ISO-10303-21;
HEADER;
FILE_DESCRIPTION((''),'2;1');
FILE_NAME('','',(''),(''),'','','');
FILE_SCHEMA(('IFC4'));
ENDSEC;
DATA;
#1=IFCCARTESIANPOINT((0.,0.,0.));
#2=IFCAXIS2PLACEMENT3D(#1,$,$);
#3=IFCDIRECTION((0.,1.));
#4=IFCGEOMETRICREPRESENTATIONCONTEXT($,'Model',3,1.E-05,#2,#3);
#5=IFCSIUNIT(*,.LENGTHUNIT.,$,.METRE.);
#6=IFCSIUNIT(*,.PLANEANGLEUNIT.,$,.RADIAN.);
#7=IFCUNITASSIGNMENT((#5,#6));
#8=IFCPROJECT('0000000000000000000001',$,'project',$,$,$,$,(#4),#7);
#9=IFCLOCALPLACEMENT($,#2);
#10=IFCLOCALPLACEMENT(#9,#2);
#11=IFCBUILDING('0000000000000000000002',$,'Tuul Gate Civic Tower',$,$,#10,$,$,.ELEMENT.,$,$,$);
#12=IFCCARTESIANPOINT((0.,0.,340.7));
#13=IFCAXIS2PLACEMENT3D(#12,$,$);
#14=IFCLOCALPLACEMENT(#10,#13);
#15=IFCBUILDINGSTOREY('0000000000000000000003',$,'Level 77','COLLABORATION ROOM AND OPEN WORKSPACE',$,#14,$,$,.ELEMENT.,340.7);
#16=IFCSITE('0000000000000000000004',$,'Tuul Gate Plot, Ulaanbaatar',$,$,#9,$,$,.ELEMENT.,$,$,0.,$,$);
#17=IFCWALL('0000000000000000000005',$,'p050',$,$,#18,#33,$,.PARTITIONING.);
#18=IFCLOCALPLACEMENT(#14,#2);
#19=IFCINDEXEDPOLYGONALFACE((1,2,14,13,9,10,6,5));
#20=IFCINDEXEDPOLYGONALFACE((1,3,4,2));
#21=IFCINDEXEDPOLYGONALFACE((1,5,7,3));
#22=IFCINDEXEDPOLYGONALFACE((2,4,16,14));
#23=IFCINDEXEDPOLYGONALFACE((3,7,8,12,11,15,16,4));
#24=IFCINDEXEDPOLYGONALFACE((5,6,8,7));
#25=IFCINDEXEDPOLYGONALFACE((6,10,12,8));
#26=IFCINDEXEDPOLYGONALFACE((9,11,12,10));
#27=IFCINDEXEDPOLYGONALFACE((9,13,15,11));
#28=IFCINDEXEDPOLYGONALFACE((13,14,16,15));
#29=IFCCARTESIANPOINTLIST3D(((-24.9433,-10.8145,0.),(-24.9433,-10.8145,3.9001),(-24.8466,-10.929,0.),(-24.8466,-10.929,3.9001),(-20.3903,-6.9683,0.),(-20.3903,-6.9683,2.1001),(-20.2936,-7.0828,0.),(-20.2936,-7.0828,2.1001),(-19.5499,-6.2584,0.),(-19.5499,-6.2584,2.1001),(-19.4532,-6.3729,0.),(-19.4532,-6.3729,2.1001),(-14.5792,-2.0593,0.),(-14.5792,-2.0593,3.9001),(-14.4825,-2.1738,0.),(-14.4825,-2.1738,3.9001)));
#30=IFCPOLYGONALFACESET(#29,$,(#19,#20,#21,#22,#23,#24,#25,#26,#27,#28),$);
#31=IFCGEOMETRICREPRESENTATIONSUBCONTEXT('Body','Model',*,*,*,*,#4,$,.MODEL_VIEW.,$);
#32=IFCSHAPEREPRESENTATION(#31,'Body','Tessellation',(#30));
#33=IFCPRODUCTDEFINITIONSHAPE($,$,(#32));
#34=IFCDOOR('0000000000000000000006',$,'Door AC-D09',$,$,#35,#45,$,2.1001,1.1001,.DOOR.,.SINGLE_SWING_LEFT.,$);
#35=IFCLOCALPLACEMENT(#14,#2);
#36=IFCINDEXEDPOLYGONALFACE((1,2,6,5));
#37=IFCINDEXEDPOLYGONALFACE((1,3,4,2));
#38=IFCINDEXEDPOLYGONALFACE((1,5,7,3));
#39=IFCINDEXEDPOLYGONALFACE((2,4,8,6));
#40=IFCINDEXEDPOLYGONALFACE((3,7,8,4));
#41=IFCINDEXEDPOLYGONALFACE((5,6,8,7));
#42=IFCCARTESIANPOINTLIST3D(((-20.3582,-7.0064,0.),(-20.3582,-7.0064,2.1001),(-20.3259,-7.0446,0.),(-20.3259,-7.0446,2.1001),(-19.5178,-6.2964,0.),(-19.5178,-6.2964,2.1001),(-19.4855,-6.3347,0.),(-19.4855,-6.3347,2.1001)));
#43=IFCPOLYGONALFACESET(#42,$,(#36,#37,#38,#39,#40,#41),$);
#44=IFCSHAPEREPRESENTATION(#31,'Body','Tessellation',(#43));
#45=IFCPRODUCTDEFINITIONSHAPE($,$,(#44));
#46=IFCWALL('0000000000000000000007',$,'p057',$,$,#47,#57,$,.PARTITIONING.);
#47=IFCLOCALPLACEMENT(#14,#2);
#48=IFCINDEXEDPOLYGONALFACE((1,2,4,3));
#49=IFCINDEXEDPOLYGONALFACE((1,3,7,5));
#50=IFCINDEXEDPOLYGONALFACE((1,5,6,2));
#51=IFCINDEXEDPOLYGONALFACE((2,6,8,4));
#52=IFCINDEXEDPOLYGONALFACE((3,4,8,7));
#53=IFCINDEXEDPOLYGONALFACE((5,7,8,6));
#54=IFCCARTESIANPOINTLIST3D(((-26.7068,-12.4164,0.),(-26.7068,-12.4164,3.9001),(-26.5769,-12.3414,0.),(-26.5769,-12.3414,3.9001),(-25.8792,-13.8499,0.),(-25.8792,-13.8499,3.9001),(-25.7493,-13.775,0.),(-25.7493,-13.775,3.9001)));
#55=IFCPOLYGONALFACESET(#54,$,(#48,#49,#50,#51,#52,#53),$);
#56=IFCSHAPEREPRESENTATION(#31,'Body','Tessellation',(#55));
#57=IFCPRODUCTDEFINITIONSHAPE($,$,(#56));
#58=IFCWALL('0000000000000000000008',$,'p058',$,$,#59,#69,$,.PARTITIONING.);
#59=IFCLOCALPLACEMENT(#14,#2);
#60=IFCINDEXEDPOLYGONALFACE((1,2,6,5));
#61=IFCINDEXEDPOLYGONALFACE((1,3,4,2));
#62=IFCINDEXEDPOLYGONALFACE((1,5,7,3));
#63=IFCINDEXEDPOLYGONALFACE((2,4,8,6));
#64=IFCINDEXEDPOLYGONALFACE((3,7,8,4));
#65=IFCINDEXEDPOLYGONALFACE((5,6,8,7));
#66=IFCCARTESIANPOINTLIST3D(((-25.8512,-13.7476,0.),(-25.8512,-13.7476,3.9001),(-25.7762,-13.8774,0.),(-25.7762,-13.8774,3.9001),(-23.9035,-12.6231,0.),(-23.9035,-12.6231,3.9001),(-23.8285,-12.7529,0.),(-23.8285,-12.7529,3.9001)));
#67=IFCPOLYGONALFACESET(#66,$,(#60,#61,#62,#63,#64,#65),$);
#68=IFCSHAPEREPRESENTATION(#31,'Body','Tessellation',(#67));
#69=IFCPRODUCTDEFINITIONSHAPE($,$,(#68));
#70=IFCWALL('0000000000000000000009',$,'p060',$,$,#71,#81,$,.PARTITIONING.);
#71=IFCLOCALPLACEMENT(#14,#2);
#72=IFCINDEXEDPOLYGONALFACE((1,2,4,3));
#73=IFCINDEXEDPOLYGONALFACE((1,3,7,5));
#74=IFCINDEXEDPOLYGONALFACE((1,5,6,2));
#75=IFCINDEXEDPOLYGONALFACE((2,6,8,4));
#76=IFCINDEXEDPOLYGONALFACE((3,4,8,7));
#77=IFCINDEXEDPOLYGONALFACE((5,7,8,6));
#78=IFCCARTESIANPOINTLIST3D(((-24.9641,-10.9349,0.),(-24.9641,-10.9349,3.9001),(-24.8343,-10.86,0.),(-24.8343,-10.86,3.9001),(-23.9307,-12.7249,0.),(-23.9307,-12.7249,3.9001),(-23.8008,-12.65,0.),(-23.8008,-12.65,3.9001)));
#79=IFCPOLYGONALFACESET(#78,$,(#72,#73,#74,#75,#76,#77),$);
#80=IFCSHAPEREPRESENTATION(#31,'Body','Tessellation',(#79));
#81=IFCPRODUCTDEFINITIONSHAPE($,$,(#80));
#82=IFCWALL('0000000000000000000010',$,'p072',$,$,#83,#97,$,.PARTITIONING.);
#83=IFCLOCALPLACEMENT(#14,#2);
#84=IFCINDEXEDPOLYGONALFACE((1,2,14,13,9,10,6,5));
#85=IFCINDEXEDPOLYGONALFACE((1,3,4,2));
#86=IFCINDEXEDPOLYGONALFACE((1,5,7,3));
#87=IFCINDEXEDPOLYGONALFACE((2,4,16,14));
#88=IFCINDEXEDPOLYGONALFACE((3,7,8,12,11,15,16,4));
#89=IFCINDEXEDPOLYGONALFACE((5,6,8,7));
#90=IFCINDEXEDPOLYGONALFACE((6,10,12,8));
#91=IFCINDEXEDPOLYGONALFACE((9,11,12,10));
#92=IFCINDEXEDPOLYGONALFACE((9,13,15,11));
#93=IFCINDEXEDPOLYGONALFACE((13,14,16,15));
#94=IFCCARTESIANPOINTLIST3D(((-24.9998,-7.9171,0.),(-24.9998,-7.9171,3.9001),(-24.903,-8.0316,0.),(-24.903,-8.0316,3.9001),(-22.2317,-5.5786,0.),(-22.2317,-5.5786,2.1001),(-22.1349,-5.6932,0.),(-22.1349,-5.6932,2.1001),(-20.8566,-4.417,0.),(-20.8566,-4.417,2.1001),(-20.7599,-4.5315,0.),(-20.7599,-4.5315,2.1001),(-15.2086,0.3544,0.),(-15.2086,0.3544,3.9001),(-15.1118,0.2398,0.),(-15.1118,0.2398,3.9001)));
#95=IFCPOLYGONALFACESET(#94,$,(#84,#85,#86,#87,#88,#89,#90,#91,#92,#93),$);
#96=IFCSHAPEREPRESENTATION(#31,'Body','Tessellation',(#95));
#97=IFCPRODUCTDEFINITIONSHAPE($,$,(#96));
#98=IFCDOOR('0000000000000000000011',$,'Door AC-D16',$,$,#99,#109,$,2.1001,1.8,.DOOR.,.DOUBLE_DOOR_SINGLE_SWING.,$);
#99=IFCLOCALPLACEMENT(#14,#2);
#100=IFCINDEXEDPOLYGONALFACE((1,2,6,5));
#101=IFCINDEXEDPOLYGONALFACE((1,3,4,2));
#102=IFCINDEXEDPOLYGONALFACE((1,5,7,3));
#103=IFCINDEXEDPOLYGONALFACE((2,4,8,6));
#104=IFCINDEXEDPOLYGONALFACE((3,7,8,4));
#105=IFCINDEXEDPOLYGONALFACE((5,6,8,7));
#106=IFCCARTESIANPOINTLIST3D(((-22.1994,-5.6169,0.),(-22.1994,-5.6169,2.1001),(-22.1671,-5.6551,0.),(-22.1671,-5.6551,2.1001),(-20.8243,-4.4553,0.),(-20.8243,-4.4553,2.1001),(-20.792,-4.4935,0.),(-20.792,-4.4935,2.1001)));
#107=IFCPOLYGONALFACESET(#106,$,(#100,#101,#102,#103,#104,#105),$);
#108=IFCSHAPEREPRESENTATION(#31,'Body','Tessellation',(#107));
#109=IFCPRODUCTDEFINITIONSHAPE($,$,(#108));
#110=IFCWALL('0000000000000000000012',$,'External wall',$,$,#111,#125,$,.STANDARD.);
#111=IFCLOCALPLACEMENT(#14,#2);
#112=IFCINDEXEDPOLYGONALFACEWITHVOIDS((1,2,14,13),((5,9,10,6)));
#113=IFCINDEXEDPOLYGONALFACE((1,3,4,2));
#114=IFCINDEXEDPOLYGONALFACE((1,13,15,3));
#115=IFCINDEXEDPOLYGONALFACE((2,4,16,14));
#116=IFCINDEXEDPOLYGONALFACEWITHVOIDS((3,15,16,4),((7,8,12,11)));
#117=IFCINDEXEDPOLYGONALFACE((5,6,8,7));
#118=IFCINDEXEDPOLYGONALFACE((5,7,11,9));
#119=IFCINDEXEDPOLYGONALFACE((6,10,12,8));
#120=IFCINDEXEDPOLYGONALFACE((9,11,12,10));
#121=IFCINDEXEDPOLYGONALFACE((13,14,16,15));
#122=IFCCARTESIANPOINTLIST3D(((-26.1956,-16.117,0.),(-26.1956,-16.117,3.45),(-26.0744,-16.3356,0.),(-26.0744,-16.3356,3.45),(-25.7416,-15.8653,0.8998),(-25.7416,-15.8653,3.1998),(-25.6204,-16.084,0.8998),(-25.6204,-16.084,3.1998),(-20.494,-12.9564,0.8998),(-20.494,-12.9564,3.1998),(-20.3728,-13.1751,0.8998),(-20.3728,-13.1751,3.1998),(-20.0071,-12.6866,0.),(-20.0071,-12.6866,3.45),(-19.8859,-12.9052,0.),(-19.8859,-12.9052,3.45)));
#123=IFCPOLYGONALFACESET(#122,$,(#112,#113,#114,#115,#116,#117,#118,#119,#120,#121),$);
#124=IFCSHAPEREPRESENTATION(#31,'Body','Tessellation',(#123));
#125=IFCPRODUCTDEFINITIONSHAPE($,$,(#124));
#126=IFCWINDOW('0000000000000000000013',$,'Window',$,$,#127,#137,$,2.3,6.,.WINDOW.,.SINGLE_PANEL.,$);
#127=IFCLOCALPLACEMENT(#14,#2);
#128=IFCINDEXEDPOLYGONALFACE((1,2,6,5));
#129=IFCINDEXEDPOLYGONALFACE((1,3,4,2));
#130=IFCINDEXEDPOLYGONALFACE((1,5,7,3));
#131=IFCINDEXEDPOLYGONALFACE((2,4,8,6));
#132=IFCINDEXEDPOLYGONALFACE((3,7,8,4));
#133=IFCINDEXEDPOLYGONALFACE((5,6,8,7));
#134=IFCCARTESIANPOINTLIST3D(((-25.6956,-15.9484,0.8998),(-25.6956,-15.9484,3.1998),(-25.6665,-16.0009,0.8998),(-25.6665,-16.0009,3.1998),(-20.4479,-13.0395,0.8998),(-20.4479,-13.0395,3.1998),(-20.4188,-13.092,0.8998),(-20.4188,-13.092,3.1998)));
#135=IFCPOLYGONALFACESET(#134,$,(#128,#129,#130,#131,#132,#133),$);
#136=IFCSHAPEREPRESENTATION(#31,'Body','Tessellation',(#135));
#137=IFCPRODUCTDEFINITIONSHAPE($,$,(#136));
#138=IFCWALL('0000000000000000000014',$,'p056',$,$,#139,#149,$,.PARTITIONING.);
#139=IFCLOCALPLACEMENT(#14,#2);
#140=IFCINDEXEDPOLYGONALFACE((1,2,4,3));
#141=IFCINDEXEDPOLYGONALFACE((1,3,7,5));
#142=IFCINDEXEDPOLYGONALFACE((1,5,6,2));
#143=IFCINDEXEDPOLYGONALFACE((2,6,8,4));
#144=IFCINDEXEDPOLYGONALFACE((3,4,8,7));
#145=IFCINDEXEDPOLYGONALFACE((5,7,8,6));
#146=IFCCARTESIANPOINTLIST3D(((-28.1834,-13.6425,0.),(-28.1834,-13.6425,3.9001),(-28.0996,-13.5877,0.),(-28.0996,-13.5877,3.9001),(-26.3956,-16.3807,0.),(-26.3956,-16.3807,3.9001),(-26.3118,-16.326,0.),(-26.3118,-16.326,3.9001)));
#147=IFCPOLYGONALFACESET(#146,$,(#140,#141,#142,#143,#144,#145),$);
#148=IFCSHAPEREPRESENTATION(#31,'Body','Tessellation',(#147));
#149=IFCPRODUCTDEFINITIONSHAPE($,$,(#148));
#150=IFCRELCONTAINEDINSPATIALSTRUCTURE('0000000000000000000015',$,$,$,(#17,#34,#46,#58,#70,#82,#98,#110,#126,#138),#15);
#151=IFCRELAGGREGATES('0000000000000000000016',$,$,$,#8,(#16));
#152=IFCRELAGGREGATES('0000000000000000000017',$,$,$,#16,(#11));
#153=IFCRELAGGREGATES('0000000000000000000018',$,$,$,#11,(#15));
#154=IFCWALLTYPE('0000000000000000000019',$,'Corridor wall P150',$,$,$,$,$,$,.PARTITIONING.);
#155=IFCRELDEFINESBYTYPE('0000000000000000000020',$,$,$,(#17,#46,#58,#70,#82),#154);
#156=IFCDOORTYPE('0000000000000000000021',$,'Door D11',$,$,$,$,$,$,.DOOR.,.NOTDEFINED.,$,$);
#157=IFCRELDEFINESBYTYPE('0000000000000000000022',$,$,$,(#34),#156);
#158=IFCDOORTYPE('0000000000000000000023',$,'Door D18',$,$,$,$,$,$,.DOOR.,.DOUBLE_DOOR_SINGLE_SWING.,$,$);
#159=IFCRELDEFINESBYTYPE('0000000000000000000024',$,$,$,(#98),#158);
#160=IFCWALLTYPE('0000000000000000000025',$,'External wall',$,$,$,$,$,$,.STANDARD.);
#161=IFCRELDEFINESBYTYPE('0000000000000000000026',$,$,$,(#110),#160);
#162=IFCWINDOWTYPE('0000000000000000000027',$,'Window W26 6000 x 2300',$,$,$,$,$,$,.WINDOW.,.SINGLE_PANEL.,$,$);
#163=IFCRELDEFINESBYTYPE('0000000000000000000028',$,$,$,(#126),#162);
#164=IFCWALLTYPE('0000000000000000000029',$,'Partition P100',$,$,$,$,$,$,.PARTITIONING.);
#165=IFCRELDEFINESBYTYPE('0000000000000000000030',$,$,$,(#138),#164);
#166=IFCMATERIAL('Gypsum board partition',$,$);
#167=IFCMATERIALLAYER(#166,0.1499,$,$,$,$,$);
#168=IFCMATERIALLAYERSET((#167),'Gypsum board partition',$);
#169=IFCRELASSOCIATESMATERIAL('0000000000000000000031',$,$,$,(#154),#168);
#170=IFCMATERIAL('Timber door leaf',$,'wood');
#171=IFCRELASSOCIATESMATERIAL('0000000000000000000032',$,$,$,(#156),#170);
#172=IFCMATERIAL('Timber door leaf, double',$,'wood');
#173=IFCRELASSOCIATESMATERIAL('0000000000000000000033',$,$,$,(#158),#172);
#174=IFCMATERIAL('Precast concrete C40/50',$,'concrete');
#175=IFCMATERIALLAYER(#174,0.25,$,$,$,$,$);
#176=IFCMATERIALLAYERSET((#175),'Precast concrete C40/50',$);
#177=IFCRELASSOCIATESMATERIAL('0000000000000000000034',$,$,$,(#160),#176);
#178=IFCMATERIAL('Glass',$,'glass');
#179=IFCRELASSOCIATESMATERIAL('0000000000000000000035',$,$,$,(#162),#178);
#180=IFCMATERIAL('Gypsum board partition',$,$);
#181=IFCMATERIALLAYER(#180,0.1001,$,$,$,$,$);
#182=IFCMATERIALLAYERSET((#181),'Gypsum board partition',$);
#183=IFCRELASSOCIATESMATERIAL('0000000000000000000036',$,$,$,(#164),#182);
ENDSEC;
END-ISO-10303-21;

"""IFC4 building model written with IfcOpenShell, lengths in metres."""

from ifc_helpers import new_model, si_unit, direction, frame, frame_2d, origin, place, context, subcontext, project, spatial, rectangle, extrude, material, layer, layer_set, type_object, element, fill, save


model = new_model("IFC4")

# Units and contexts
model_context = context("Model", 3, precision=1e-05, world=origin(), true_north=direction((0.0, 1.0)))
body_context = subcontext(model_context, "Body", "Model", "MODEL_VIEW")
ifc_project = project(units=[si_unit("LENGTHUNIT", "METRE"), si_unit("PLANEANGLEUNIT", "RADIAN")], contexts=[model_context])

# Site, building, storey
site_placement = place(None, origin())
site = spatial("IfcSite", under=ifc_project, at=site_placement, Name="Tuul Gate Plot, Ulaanbaatar", CompositionType="ELEMENT", RefElevation=0.0)
building_placement = place(site_placement, origin())
building = spatial("IfcBuilding", under=site, at=building_placement, Name="Tuul Gate Civic Tower", CompositionType="ELEMENT")
storey_placement = place(building_placement, frame((0.0, 0.0, 340.7)))
storey = spatial("IfcBuildingStorey", under=building, at=storey_placement, Name="Level 77", Description="COLLABORATION ROOM AND OPEN WORKSPACE", CompositionType="ELEMENT", Elevation=340.7)

# Wall, opening, door
ifc_material_1 = material(Name="Gypsum board partition")
ifc_layer_1 = layer(ifc_material_1, 0.1499)
ifc_layer_set_1 = layer_set([ifc_layer_1], Name="Gypsum board partition")
wall_type_1 = type_object("IfcWallType", Name="Corridor wall P150", PredefinedType="PARTITIONING", material=ifc_layer_set_1)
wall_1_placement = place(storey_placement, frame((-24.895, -10.8718, 0.0), z_axis=(0.0, 0.0, 1.0), x_axis=(0.76391, 0.645323, 0.0)))
wall_1 = element("IfcWall", 1, at=wall_1_placement, inside=storey, type_object=wall_type_1, Name="p050", PredefinedType="PARTITIONING", context=body_context, shape_type="SweptSolid", body=[
    extrude(rectangle(XDim=13.5671, YDim=0.1499, at=frame_2d((6.7837, 0.0))), origin(), (0.0, 0.0, 1.0), 3.9001),
])
opening_1_placement = place(wall_1_placement, frame((5.9602, 0.0, 0.0)))
opening_1 = element("IfcOpeningElement", 2, at=opening_1_placement, cuts=wall_1, PredefinedType="OPENING", context=body_context, shape_type="SweptSolid", body=[
    extrude(rectangle(XDim=1.1001, YDim=2.1001, at=frame_2d((0.55, 1.05))), frame((0.0, 0.085, 0.0), z_axis=(0.0, -1.0, 0.0), x_axis=(1.0, 0.0, 0.0)), (0.0, 0.0, 1.0), 0.1699),
])
ifc_material_2 = material(Name="Timber door leaf", Category="wood")
door_type_1 = type_object("IfcDoorType", Name="Door D11", OperationType="NOTDEFINED", PredefinedType="DOOR", material=ifc_material_2)
door_1_placement = place(opening_1_placement, frame((1.1001, 0.0, 0.0), z_axis=(0.0, 0.0, 1.0), x_axis=(-1.0, 0.0, 0.0)))
door_1 = element("IfcDoor", 3, at=door_1_placement, inside=storey, type_object=door_type_1, Name="Door AC-D09", OperationType="SINGLE_SWING_LEFT", OverallHeight=2.1001, OverallWidth=1.1001, PredefinedType="DOOR", context=body_context, shape_type="SweptSolid", body=[
    extrude(rectangle(XDim=1.1001, YDim=2.1001, at=frame_2d((0.55, 1.05))), frame((0.0, 0.0249, 0.0), z_axis=(0.0, -1.0, 0.0), x_axis=(1.0, 0.0, 0.0)), (0.0, 0.0, 1.0), 0.05),
])
fill(opening_1, door_1)

# Walls
wall_2_placement = place(storey_placement, frame((-26.6418, -12.3789, 0.0), z_axis=(0.0, 0.0, 1.0), x_axis=(0.499978, -0.866038, 0.0)))
element("IfcWall", 4, at=wall_2_placement, inside=storey, type_object=wall_type_1, Name="p057", PredefinedType="PARTITIONING", context=body_context, shape_type="SweptSolid", body=[
    extrude(rectangle(XDim=1.6553, YDim=0.1499, at=frame_2d((0.8276, 0.0))), origin(), (0.0, 0.0, 1.0), 3.9001),
])
wall_3_placement = place(storey_placement, frame((-25.8137, -13.8125, 0.0), z_axis=(0.0, 0.0, 1.0), x_axis=(0.86603, 0.499992, 0.0)))
element("IfcWall", 5, at=wall_3_placement, inside=storey, type_object=wall_type_1, Name="p058", PredefinedType="PARTITIONING", context=body_context, shape_type="SweptSolid", body=[
    extrude(rectangle(XDim=2.249, YDim=0.1499, at=frame_2d((1.1245, 0.0))), origin(), (0.0, 0.0, 1.0), 3.9001),
])
wall_4_placement = place(storey_placement, frame((-24.8992, -10.8975, 0.0), z_axis=(0.0, 0.0, 1.0), x_axis=(0.499988, -0.866032, 0.0)))
element("IfcWall", 6, at=wall_4_placement, inside=storey, type_object=wall_type_1, Name="p060", PredefinedType="PARTITIONING", context=body_context, shape_type="SweptSolid", body=[
    extrude(rectangle(XDim=2.0669, YDim=0.1499, at=frame_2d((1.0334, 0.0))), origin(), (0.0, 0.0, 1.0), 3.9001),
])

# Wall, opening, door
wall_5_placement = place(storey_placement, frame((-24.9514, -7.9744, 0.0), z_axis=(0.0, 0.0, 1.0), x_axis=(0.763903, 0.645332, 0.0)))
wall_5 = element("IfcWall", 7, at=wall_5_placement, inside=storey, type_object=wall_type_1, Name="p072", PredefinedType="PARTITIONING", context=body_context, shape_type="SweptSolid", body=[
    extrude(rectangle(XDim=12.8174, YDim=0.1499, at=frame_2d((6.4087, 0.0))), origin(), (0.0, 0.0, 1.0), 3.9001),
])
opening_2_placement = place(wall_5_placement, frame((3.6238, 0.0, 0.0)))
opening_2 = element("IfcOpeningElement", 8, at=opening_2_placement, cuts=wall_5, PredefinedType="OPENING", context=body_context, shape_type="SweptSolid", body=[
    extrude(rectangle(XDim=1.8, YDim=2.1001, at=frame_2d((0.8999, 1.05))), frame((0.0, 0.085, 0.0), z_axis=(0.0, -1.0, 0.0), x_axis=(1.0, 0.0, 0.0)), (0.0, 0.0, 1.0), 0.1699),
])
ifc_material_3 = material(Name="Timber door leaf, double", Category="wood")
door_type_2 = type_object("IfcDoorType", Name="Door D18", OperationType="DOUBLE_DOOR_SINGLE_SWING", PredefinedType="DOOR", material=ifc_material_3)
door_2_placement = place(opening_2_placement, origin())
door_2 = element("IfcDoor", 9, at=door_2_placement, inside=storey, type_object=door_type_2, Name="Door AC-D16", OperationType="DOUBLE_DOOR_SINGLE_SWING", OverallHeight=2.1001, OverallWidth=1.8, PredefinedType="DOOR", context=body_context, shape_type="SweptSolid", body=[
    extrude(rectangle(XDim=1.8, YDim=2.1001, at=frame_2d((0.8999, 1.05))), frame((0.0, 0.0249, 0.0), z_axis=(0.0, -1.0, 0.0), x_axis=(1.0, 0.0, 0.0)), (0.0, 0.0, 1.0), 0.05),
])
fill(opening_2, door_2)

# Wall, opening, window
ifc_material_4 = material(Name="Precast concrete C40/50", Category="concrete")
ifc_layer_2 = layer(ifc_material_4, 0.25)
ifc_layer_set_2 = layer_set([ifc_layer_2], Name="Precast concrete C40/50")
wall_type_2 = type_object("IfcWallType", Name="External wall", PredefinedType="STANDARD", material=ifc_layer_set_2)
wall_6_placement = place(storey_placement, frame((-26.135, -16.2263, 0.0), z_axis=(0.0, 0.0, 1.0), x_axis=(0.874614, 0.484819, 0.0)))
wall_6 = element("IfcWall", 10, at=wall_6_placement, inside=storey, type_object=wall_type_2, Name="External wall", PredefinedType="STANDARD", context=body_context, shape_type="SweptSolid", body=[
    extrude(rectangle(XDim=7.0757, YDim=0.25, at=frame_2d((3.5378, 0.0))), origin(), (0.0, 0.0, 1.0), 3.45),
])
opening_3_placement = place(wall_6_placement, frame((0.519, 0.0, 0.8999)))
opening_3 = element("IfcOpeningElement", 11, at=opening_3_placement, cuts=wall_6, PredefinedType="OPENING", context=body_context, shape_type="SweptSolid", body=[
    extrude(rectangle(XDim=6.0, YDim=2.3, at=frame_2d((3.0, 1.1499))), frame((0.0, 0.135, 0.0), z_axis=(0.0, -1.0, 0.0), x_axis=(1.0, 0.0, 0.0)), (0.0, 0.0, 1.0), 0.27),
])
ifc_material_5 = material(Name="Glass", Category="glass")
window_type = type_object("IfcWindowType", Name="Window W26 6000 x 2300", PartitioningType="SINGLE_PANEL", PredefinedType="WINDOW", material=ifc_material_5)
window_placement = place(opening_3_placement, origin())
window = element("IfcWindow", 12, at=window_placement, inside=storey, type_object=window_type, Name="Window", OverallHeight=2.3, OverallWidth=6.0, PartitioningType="SINGLE_PANEL", PredefinedType="WINDOW", context=body_context, shape_type="SweptSolid", body=[
    extrude(rectangle(XDim=6.0, YDim=2.3, at=frame_2d((3.0, 1.1499))), frame((0.0, 0.03, 0.0), z_axis=(0.0, -1.0, 0.0), x_axis=(1.0, 0.0, 0.0)), (0.0, 0.0, 1.0), 0.0601),
])
fill(opening_3, window)

# Wall
ifc_material_6 = material(Name="Gypsum board partition")
ifc_layer_3 = layer(ifc_material_6, 0.1001)
ifc_layer_set_3 = layer_set([ifc_layer_3], Name="Gypsum board partition")
wall_type_3 = type_object("IfcWallType", Name="Partition P100", PredefinedType="PARTITIONING", material=ifc_layer_set_3)
wall_7_placement = place(storey_placement, frame((-28.1416, -13.615, 0.0), z_axis=(0.0, 0.0, 1.0), x_axis=(0.546698, -0.83733, 0.0)))
element("IfcWall", 13, at=wall_7_placement, inside=storey, type_object=wall_type_3, Name="p056", PredefinedType="PARTITIONING", context=body_context, shape_type="SweptSolid", body=[
    extrude(rectangle(XDim=3.2703, YDim=0.1001, at=frame_2d((1.6353, 0.0))), origin(), (0.0, 0.0, 1.0), 3.9001),
])

save(model, "model.ifc")
